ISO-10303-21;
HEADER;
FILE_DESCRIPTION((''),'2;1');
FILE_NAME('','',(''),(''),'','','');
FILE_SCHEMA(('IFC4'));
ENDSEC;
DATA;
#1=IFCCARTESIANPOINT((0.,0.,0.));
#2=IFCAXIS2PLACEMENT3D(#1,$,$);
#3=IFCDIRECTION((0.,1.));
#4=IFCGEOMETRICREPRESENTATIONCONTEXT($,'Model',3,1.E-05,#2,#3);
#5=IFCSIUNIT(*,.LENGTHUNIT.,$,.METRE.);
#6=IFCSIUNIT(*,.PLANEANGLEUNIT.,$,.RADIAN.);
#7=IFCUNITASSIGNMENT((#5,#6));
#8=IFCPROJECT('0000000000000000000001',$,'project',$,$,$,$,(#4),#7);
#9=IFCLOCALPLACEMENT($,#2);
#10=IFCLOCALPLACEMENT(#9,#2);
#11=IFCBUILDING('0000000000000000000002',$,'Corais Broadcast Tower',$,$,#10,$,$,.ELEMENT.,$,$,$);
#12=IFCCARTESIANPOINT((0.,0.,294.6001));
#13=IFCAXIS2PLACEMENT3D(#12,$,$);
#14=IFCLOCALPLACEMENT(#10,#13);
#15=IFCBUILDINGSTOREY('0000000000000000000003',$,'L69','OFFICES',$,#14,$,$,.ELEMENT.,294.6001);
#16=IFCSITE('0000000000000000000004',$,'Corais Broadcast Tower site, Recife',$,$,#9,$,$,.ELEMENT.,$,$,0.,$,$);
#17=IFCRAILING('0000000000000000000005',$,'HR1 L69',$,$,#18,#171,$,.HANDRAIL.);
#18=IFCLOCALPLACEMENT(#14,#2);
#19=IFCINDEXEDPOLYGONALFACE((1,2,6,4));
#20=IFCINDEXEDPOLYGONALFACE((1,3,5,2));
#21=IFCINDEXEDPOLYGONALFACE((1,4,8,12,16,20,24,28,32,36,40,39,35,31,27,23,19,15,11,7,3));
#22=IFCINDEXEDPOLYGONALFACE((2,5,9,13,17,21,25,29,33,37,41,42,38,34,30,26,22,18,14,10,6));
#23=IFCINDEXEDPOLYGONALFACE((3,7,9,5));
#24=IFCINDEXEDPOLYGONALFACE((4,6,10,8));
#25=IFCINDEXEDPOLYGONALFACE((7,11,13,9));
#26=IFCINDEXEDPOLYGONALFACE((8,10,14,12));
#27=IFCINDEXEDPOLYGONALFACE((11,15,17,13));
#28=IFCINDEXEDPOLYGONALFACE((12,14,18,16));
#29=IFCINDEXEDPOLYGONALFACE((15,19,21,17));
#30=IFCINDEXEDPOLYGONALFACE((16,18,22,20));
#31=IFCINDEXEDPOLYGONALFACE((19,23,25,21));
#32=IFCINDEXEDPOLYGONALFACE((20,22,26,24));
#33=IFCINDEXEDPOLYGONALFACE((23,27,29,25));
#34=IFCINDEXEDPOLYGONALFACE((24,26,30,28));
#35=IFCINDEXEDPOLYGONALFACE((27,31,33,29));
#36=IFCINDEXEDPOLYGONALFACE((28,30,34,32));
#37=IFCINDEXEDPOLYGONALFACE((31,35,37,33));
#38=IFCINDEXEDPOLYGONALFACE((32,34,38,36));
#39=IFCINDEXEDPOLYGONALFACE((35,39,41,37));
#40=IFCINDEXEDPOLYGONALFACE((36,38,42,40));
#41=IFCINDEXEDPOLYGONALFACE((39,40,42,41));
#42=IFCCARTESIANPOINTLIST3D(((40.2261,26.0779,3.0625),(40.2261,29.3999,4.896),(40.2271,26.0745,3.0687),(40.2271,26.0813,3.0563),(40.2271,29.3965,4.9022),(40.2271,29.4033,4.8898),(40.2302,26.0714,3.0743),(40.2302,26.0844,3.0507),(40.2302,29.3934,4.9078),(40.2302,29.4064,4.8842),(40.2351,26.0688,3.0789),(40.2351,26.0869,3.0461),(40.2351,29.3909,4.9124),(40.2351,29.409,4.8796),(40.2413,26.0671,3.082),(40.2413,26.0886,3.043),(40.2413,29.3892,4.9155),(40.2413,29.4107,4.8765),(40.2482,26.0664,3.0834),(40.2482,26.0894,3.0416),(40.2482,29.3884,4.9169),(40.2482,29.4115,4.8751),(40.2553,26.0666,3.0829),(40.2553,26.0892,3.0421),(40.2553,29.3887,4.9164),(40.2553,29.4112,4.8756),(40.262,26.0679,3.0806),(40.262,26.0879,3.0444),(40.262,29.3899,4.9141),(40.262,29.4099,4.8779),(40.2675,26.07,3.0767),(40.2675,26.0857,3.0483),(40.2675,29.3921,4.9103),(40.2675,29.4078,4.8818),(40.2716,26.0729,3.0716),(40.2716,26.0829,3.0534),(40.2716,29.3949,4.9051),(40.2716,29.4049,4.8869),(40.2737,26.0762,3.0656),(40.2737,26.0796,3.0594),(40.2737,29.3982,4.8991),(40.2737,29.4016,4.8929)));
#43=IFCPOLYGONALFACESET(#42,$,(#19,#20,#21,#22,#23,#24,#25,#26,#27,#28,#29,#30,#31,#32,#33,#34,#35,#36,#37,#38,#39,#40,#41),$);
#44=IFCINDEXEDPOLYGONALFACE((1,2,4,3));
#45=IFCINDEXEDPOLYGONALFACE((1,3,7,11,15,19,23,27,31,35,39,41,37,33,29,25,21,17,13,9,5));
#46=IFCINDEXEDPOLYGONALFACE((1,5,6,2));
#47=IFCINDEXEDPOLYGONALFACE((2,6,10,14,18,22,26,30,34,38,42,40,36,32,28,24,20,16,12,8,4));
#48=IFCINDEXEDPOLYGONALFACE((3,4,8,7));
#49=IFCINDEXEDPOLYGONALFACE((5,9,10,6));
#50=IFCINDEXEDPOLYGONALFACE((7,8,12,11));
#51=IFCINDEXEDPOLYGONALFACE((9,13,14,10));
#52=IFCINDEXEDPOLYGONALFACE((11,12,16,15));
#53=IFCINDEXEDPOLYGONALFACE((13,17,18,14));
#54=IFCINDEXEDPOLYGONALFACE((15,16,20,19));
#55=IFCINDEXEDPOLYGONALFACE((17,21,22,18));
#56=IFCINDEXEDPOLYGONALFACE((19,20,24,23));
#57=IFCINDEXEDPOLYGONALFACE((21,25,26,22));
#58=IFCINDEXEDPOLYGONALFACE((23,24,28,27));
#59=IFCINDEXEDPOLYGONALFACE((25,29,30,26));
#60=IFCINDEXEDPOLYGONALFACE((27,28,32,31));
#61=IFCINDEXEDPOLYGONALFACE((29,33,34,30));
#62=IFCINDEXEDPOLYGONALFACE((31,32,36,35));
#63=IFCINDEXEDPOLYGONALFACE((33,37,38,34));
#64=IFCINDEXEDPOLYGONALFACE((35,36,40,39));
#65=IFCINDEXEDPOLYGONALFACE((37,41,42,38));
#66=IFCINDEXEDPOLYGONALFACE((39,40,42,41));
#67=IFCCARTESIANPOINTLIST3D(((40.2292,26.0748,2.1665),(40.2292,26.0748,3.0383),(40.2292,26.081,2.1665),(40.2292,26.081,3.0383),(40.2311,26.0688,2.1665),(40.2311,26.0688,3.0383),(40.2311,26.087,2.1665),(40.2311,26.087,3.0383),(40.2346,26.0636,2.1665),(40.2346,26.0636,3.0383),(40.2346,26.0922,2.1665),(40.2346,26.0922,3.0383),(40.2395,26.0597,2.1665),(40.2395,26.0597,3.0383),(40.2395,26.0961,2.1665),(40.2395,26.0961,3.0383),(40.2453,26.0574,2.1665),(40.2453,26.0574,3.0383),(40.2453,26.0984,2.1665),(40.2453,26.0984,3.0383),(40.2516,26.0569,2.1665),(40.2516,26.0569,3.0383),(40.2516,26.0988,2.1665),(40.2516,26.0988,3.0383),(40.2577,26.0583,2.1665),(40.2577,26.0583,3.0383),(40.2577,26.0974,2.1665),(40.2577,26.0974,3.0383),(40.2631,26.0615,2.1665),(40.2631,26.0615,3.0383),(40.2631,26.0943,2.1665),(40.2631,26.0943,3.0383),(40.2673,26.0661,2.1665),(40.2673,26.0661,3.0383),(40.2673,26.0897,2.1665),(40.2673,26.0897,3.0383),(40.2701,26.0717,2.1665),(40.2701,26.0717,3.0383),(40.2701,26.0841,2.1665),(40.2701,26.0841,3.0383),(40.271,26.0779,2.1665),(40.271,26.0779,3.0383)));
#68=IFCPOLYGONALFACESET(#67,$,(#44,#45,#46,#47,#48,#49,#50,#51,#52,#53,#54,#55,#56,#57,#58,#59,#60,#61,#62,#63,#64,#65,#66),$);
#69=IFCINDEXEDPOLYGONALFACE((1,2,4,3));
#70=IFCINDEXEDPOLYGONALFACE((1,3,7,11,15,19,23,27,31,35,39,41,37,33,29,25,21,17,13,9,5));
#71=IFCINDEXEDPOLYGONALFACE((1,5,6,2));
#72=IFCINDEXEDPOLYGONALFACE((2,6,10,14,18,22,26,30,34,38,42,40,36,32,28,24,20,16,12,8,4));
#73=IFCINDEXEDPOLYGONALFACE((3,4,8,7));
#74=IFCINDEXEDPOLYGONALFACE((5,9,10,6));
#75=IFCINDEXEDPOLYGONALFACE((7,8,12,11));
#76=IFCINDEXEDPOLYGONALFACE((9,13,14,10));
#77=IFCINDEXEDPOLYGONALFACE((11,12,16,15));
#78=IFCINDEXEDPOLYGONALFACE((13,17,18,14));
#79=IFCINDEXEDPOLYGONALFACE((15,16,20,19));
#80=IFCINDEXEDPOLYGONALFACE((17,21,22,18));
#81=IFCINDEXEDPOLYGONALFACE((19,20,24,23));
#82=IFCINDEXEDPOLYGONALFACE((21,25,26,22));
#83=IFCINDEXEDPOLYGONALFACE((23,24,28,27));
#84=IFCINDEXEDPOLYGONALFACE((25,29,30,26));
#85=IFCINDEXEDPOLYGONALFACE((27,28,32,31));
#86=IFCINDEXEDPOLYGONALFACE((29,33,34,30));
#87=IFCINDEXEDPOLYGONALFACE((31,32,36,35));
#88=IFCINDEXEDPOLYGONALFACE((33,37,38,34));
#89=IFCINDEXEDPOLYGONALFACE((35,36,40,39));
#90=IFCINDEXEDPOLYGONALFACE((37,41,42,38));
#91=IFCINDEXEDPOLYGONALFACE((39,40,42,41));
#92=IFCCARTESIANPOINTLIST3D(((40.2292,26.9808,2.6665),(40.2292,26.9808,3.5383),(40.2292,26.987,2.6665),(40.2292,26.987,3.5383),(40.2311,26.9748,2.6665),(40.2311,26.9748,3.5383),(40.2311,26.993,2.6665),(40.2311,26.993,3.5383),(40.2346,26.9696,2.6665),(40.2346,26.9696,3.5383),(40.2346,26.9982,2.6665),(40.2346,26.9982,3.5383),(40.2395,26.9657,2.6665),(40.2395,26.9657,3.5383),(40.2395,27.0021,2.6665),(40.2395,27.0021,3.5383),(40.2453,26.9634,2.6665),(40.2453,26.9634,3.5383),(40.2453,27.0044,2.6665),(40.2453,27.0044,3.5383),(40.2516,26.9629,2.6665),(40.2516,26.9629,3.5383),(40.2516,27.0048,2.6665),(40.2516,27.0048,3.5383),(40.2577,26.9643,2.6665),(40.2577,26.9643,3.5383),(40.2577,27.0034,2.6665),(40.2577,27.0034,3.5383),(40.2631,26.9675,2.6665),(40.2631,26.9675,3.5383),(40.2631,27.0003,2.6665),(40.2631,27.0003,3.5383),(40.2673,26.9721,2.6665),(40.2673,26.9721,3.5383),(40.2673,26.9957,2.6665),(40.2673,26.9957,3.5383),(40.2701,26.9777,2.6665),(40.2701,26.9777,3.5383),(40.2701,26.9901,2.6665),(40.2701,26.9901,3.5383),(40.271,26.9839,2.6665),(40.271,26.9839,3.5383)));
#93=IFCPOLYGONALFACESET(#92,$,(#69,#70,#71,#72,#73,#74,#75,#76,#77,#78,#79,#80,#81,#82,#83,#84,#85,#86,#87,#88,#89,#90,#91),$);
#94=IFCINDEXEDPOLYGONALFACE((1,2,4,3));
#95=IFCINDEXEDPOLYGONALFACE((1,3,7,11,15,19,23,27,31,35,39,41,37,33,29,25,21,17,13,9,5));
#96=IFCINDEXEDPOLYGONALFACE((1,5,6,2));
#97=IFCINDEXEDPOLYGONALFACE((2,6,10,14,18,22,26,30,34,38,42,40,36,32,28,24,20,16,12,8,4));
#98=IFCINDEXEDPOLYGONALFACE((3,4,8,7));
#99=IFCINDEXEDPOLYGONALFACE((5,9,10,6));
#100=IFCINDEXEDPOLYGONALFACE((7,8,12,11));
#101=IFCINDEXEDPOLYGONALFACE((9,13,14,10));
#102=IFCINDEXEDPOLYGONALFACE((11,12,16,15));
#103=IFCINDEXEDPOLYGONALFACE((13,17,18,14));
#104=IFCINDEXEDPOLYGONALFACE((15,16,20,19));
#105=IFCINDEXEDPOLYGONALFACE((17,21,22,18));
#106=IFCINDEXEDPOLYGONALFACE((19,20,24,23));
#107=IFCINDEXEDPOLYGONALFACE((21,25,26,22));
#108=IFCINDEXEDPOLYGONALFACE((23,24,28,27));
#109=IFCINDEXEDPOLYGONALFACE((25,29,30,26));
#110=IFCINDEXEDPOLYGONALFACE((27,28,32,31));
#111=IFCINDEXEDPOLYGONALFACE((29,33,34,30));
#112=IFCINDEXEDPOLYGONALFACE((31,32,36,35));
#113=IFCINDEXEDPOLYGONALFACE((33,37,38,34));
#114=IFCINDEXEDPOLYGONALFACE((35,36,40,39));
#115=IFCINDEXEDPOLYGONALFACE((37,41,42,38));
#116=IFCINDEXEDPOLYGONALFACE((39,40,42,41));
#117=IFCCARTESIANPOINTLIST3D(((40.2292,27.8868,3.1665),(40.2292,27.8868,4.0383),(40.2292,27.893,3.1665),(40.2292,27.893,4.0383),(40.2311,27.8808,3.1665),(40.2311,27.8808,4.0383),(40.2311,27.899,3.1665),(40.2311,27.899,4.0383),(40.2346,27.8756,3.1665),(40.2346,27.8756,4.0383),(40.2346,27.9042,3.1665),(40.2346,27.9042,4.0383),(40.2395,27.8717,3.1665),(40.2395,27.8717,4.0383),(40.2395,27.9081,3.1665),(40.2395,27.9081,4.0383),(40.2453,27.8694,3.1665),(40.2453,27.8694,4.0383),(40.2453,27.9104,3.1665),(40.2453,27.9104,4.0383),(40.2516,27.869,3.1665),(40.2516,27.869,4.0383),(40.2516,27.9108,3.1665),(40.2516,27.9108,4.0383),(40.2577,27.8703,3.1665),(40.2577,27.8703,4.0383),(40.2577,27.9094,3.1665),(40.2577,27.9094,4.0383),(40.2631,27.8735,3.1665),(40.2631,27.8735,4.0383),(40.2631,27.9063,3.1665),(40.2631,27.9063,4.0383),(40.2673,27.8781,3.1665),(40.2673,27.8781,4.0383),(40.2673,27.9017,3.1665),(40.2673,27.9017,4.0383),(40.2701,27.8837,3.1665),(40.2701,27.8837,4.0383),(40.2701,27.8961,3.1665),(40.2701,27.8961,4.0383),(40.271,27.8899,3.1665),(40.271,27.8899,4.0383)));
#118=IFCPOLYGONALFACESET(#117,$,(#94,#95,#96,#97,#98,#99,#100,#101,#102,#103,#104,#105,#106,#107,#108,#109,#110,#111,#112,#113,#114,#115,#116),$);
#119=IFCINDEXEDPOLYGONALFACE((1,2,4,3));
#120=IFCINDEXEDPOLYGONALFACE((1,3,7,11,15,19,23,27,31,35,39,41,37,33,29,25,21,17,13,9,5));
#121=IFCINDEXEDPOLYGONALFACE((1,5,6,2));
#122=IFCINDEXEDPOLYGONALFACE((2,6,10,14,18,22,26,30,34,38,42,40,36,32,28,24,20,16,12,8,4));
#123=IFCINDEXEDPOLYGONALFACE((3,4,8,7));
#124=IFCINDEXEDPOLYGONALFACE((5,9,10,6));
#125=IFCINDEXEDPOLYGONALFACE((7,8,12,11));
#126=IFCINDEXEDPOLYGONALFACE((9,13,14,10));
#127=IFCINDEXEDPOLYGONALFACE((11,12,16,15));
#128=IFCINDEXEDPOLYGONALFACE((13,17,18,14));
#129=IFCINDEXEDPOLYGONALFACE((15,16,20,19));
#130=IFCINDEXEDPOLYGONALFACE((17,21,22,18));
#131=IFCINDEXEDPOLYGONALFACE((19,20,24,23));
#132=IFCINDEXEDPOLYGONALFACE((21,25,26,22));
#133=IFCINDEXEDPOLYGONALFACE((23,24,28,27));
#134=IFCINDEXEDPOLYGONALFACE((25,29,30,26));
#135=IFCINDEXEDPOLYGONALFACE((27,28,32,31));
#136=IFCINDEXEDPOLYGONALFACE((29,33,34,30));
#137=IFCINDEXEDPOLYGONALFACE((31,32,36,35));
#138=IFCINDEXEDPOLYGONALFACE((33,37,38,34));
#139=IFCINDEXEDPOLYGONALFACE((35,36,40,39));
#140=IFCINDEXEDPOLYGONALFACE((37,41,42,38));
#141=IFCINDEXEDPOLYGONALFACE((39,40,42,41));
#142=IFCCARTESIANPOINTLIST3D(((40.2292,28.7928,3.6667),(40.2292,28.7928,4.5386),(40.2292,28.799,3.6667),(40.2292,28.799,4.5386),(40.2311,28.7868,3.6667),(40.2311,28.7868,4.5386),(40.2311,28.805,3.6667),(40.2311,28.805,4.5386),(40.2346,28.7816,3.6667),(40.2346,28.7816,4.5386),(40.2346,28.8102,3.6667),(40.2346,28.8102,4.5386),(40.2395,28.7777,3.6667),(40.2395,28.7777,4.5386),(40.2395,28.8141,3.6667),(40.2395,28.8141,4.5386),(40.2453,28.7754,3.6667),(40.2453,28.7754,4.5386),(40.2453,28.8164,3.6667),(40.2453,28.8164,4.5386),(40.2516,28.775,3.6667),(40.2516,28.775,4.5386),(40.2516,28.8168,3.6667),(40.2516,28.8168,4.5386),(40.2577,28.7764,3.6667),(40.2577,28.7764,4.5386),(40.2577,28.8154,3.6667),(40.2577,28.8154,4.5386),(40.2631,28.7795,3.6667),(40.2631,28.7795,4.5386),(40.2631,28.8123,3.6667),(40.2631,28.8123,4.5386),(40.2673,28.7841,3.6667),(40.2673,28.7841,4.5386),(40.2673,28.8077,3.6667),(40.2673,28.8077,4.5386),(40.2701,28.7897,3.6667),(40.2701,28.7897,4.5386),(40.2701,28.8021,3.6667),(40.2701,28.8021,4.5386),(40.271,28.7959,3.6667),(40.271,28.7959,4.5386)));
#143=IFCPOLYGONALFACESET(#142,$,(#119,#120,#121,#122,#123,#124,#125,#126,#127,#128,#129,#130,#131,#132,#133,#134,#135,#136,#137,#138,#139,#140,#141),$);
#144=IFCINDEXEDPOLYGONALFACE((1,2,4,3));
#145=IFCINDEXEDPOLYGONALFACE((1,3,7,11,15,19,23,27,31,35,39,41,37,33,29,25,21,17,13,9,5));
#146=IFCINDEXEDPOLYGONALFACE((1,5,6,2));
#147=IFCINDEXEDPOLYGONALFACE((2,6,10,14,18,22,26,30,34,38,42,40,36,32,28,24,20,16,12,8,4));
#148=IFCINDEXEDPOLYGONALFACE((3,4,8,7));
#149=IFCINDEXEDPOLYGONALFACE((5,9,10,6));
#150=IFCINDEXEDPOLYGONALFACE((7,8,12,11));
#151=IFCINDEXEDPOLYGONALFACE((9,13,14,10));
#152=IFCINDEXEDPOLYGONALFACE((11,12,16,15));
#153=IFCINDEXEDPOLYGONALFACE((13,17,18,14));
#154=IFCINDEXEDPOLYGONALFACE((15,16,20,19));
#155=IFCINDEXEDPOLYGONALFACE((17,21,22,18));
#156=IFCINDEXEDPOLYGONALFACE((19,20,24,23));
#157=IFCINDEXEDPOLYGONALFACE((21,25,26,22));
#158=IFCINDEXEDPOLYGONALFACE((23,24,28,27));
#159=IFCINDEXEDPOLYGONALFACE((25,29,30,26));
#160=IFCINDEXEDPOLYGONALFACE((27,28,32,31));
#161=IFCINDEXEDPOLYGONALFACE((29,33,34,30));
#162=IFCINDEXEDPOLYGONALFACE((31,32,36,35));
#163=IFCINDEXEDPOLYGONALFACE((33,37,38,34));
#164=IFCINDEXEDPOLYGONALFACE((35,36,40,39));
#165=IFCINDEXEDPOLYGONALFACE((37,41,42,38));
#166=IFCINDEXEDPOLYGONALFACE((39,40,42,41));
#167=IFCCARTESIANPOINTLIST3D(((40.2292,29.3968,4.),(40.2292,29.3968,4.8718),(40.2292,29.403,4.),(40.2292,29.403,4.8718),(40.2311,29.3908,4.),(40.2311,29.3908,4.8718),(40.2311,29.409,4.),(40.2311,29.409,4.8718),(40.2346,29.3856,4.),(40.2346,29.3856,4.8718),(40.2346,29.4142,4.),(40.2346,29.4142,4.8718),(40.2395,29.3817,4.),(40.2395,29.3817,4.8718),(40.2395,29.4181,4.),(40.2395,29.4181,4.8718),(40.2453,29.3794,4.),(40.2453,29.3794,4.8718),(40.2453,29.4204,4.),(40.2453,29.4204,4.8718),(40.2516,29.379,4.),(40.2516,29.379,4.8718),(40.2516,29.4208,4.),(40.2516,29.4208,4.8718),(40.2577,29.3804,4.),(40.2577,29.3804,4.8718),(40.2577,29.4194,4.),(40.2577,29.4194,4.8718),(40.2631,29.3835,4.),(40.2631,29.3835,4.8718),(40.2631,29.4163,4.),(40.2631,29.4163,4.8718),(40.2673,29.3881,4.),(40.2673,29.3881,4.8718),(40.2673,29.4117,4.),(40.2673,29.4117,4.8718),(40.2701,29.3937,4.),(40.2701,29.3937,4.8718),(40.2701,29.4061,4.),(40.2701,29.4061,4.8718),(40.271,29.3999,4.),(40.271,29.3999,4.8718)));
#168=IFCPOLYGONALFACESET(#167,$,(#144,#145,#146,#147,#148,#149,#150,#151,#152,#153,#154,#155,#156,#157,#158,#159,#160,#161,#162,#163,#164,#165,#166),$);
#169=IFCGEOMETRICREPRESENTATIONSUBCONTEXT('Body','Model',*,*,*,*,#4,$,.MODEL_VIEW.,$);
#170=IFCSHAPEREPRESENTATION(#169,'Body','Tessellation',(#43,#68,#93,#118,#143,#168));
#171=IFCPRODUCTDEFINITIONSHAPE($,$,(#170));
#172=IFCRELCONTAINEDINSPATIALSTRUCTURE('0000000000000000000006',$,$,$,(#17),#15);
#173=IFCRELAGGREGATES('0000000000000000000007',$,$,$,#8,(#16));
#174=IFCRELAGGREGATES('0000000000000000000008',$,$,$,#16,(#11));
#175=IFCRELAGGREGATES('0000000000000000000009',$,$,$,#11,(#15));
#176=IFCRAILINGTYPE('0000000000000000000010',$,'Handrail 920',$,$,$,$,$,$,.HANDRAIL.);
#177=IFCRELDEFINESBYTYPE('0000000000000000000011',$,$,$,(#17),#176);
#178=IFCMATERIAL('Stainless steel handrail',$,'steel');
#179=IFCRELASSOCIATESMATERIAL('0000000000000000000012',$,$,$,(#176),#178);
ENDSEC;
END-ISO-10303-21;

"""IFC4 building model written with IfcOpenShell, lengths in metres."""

from ifc_helpers import new_model, si_unit, direction, frame, origin, origin_2d, place, context, subcontext, project, spatial, circle, extrude, material, type_object, element, save


model = new_model("IFC4")

# Units and contexts
model_context = context("Model", 3, precision=1e-05, world=origin(), true_north=direction((0.0, 1.0)))
body_context = subcontext(model_context, "Body", "Model", "MODEL_VIEW")
ifc_project = project(units=[si_unit("LENGTHUNIT", "METRE"), si_unit("PLANEANGLEUNIT", "RADIAN")], contexts=[model_context])

# Site, building, storey
site_placement = place(None, origin())
site = spatial("IfcSite", under=ifc_project, at=site_placement, Name="Corais Broadcast Tower site, Recife", CompositionType="ELEMENT", RefElevation=0.0)
building_placement = place(site_placement, origin())
building = spatial("IfcBuilding", under=site, at=building_placement, Name="Corais Broadcast Tower", CompositionType="ELEMENT")
storey_placement = place(building_placement, frame((0.0, 0.0, 294.6001)))
storey = spatial("IfcBuildingStorey", under=building, at=storey_placement, Name="L69", Description="OFFICES", CompositionType="ELEMENT", Elevation=294.6001)

# Railing
ifc_material_1 = material(Name="Stainless steel handrail", Category="steel")
railing_type = type_object("IfcRailingType", Name="Handrail 920", PredefinedType="HANDRAIL", material=ifc_material_1)
for number, where, name in (
    (1, (40.25, 26.0779, 2.1665), "HR1 L69"),
):
    element("IfcRailing", number, at=place(storey_placement, frame(where)), inside=storey, type_object=railing_type, Name=name, PredefinedType="HANDRAIL", context=body_context, shape_type="SweptSolid", body=[
        extrude(circle(Radius=0.0239, at=origin_2d()), frame((0.0, 0.0, 0.896), z_axis=(0.0, 0.875504, 0.48321), x_axis=(-1.0, 0.0, 0.0)), (0.0, 0.0, 1.0), 3.7944),
        extrude(circle(Radius=0.021, at=origin_2d()), origin(), (0.0, 0.0, 1.0), 0.8718),
        extrude(circle(Radius=0.021, at=origin_2d()), frame((0.0, 0.906, 0.5)), (0.0, 0.0, 1.0), 0.8718),
        extrude(circle(Radius=0.021, at=origin_2d()), frame((0.0, 1.812, 1.0)), (0.0, 0.0, 1.0), 0.8718),
        extrude(circle(Radius=0.021, at=origin_2d()), frame((0.0, 2.718, 1.5002)), (0.0, 0.0, 1.0), 0.8718),
        extrude(circle(Radius=0.021, at=origin_2d()), frame((0.0, 3.322, 1.8335)), (0.0, 0.0, 1.0), 0.8718),
    ])

save(model, "model.ifc")
